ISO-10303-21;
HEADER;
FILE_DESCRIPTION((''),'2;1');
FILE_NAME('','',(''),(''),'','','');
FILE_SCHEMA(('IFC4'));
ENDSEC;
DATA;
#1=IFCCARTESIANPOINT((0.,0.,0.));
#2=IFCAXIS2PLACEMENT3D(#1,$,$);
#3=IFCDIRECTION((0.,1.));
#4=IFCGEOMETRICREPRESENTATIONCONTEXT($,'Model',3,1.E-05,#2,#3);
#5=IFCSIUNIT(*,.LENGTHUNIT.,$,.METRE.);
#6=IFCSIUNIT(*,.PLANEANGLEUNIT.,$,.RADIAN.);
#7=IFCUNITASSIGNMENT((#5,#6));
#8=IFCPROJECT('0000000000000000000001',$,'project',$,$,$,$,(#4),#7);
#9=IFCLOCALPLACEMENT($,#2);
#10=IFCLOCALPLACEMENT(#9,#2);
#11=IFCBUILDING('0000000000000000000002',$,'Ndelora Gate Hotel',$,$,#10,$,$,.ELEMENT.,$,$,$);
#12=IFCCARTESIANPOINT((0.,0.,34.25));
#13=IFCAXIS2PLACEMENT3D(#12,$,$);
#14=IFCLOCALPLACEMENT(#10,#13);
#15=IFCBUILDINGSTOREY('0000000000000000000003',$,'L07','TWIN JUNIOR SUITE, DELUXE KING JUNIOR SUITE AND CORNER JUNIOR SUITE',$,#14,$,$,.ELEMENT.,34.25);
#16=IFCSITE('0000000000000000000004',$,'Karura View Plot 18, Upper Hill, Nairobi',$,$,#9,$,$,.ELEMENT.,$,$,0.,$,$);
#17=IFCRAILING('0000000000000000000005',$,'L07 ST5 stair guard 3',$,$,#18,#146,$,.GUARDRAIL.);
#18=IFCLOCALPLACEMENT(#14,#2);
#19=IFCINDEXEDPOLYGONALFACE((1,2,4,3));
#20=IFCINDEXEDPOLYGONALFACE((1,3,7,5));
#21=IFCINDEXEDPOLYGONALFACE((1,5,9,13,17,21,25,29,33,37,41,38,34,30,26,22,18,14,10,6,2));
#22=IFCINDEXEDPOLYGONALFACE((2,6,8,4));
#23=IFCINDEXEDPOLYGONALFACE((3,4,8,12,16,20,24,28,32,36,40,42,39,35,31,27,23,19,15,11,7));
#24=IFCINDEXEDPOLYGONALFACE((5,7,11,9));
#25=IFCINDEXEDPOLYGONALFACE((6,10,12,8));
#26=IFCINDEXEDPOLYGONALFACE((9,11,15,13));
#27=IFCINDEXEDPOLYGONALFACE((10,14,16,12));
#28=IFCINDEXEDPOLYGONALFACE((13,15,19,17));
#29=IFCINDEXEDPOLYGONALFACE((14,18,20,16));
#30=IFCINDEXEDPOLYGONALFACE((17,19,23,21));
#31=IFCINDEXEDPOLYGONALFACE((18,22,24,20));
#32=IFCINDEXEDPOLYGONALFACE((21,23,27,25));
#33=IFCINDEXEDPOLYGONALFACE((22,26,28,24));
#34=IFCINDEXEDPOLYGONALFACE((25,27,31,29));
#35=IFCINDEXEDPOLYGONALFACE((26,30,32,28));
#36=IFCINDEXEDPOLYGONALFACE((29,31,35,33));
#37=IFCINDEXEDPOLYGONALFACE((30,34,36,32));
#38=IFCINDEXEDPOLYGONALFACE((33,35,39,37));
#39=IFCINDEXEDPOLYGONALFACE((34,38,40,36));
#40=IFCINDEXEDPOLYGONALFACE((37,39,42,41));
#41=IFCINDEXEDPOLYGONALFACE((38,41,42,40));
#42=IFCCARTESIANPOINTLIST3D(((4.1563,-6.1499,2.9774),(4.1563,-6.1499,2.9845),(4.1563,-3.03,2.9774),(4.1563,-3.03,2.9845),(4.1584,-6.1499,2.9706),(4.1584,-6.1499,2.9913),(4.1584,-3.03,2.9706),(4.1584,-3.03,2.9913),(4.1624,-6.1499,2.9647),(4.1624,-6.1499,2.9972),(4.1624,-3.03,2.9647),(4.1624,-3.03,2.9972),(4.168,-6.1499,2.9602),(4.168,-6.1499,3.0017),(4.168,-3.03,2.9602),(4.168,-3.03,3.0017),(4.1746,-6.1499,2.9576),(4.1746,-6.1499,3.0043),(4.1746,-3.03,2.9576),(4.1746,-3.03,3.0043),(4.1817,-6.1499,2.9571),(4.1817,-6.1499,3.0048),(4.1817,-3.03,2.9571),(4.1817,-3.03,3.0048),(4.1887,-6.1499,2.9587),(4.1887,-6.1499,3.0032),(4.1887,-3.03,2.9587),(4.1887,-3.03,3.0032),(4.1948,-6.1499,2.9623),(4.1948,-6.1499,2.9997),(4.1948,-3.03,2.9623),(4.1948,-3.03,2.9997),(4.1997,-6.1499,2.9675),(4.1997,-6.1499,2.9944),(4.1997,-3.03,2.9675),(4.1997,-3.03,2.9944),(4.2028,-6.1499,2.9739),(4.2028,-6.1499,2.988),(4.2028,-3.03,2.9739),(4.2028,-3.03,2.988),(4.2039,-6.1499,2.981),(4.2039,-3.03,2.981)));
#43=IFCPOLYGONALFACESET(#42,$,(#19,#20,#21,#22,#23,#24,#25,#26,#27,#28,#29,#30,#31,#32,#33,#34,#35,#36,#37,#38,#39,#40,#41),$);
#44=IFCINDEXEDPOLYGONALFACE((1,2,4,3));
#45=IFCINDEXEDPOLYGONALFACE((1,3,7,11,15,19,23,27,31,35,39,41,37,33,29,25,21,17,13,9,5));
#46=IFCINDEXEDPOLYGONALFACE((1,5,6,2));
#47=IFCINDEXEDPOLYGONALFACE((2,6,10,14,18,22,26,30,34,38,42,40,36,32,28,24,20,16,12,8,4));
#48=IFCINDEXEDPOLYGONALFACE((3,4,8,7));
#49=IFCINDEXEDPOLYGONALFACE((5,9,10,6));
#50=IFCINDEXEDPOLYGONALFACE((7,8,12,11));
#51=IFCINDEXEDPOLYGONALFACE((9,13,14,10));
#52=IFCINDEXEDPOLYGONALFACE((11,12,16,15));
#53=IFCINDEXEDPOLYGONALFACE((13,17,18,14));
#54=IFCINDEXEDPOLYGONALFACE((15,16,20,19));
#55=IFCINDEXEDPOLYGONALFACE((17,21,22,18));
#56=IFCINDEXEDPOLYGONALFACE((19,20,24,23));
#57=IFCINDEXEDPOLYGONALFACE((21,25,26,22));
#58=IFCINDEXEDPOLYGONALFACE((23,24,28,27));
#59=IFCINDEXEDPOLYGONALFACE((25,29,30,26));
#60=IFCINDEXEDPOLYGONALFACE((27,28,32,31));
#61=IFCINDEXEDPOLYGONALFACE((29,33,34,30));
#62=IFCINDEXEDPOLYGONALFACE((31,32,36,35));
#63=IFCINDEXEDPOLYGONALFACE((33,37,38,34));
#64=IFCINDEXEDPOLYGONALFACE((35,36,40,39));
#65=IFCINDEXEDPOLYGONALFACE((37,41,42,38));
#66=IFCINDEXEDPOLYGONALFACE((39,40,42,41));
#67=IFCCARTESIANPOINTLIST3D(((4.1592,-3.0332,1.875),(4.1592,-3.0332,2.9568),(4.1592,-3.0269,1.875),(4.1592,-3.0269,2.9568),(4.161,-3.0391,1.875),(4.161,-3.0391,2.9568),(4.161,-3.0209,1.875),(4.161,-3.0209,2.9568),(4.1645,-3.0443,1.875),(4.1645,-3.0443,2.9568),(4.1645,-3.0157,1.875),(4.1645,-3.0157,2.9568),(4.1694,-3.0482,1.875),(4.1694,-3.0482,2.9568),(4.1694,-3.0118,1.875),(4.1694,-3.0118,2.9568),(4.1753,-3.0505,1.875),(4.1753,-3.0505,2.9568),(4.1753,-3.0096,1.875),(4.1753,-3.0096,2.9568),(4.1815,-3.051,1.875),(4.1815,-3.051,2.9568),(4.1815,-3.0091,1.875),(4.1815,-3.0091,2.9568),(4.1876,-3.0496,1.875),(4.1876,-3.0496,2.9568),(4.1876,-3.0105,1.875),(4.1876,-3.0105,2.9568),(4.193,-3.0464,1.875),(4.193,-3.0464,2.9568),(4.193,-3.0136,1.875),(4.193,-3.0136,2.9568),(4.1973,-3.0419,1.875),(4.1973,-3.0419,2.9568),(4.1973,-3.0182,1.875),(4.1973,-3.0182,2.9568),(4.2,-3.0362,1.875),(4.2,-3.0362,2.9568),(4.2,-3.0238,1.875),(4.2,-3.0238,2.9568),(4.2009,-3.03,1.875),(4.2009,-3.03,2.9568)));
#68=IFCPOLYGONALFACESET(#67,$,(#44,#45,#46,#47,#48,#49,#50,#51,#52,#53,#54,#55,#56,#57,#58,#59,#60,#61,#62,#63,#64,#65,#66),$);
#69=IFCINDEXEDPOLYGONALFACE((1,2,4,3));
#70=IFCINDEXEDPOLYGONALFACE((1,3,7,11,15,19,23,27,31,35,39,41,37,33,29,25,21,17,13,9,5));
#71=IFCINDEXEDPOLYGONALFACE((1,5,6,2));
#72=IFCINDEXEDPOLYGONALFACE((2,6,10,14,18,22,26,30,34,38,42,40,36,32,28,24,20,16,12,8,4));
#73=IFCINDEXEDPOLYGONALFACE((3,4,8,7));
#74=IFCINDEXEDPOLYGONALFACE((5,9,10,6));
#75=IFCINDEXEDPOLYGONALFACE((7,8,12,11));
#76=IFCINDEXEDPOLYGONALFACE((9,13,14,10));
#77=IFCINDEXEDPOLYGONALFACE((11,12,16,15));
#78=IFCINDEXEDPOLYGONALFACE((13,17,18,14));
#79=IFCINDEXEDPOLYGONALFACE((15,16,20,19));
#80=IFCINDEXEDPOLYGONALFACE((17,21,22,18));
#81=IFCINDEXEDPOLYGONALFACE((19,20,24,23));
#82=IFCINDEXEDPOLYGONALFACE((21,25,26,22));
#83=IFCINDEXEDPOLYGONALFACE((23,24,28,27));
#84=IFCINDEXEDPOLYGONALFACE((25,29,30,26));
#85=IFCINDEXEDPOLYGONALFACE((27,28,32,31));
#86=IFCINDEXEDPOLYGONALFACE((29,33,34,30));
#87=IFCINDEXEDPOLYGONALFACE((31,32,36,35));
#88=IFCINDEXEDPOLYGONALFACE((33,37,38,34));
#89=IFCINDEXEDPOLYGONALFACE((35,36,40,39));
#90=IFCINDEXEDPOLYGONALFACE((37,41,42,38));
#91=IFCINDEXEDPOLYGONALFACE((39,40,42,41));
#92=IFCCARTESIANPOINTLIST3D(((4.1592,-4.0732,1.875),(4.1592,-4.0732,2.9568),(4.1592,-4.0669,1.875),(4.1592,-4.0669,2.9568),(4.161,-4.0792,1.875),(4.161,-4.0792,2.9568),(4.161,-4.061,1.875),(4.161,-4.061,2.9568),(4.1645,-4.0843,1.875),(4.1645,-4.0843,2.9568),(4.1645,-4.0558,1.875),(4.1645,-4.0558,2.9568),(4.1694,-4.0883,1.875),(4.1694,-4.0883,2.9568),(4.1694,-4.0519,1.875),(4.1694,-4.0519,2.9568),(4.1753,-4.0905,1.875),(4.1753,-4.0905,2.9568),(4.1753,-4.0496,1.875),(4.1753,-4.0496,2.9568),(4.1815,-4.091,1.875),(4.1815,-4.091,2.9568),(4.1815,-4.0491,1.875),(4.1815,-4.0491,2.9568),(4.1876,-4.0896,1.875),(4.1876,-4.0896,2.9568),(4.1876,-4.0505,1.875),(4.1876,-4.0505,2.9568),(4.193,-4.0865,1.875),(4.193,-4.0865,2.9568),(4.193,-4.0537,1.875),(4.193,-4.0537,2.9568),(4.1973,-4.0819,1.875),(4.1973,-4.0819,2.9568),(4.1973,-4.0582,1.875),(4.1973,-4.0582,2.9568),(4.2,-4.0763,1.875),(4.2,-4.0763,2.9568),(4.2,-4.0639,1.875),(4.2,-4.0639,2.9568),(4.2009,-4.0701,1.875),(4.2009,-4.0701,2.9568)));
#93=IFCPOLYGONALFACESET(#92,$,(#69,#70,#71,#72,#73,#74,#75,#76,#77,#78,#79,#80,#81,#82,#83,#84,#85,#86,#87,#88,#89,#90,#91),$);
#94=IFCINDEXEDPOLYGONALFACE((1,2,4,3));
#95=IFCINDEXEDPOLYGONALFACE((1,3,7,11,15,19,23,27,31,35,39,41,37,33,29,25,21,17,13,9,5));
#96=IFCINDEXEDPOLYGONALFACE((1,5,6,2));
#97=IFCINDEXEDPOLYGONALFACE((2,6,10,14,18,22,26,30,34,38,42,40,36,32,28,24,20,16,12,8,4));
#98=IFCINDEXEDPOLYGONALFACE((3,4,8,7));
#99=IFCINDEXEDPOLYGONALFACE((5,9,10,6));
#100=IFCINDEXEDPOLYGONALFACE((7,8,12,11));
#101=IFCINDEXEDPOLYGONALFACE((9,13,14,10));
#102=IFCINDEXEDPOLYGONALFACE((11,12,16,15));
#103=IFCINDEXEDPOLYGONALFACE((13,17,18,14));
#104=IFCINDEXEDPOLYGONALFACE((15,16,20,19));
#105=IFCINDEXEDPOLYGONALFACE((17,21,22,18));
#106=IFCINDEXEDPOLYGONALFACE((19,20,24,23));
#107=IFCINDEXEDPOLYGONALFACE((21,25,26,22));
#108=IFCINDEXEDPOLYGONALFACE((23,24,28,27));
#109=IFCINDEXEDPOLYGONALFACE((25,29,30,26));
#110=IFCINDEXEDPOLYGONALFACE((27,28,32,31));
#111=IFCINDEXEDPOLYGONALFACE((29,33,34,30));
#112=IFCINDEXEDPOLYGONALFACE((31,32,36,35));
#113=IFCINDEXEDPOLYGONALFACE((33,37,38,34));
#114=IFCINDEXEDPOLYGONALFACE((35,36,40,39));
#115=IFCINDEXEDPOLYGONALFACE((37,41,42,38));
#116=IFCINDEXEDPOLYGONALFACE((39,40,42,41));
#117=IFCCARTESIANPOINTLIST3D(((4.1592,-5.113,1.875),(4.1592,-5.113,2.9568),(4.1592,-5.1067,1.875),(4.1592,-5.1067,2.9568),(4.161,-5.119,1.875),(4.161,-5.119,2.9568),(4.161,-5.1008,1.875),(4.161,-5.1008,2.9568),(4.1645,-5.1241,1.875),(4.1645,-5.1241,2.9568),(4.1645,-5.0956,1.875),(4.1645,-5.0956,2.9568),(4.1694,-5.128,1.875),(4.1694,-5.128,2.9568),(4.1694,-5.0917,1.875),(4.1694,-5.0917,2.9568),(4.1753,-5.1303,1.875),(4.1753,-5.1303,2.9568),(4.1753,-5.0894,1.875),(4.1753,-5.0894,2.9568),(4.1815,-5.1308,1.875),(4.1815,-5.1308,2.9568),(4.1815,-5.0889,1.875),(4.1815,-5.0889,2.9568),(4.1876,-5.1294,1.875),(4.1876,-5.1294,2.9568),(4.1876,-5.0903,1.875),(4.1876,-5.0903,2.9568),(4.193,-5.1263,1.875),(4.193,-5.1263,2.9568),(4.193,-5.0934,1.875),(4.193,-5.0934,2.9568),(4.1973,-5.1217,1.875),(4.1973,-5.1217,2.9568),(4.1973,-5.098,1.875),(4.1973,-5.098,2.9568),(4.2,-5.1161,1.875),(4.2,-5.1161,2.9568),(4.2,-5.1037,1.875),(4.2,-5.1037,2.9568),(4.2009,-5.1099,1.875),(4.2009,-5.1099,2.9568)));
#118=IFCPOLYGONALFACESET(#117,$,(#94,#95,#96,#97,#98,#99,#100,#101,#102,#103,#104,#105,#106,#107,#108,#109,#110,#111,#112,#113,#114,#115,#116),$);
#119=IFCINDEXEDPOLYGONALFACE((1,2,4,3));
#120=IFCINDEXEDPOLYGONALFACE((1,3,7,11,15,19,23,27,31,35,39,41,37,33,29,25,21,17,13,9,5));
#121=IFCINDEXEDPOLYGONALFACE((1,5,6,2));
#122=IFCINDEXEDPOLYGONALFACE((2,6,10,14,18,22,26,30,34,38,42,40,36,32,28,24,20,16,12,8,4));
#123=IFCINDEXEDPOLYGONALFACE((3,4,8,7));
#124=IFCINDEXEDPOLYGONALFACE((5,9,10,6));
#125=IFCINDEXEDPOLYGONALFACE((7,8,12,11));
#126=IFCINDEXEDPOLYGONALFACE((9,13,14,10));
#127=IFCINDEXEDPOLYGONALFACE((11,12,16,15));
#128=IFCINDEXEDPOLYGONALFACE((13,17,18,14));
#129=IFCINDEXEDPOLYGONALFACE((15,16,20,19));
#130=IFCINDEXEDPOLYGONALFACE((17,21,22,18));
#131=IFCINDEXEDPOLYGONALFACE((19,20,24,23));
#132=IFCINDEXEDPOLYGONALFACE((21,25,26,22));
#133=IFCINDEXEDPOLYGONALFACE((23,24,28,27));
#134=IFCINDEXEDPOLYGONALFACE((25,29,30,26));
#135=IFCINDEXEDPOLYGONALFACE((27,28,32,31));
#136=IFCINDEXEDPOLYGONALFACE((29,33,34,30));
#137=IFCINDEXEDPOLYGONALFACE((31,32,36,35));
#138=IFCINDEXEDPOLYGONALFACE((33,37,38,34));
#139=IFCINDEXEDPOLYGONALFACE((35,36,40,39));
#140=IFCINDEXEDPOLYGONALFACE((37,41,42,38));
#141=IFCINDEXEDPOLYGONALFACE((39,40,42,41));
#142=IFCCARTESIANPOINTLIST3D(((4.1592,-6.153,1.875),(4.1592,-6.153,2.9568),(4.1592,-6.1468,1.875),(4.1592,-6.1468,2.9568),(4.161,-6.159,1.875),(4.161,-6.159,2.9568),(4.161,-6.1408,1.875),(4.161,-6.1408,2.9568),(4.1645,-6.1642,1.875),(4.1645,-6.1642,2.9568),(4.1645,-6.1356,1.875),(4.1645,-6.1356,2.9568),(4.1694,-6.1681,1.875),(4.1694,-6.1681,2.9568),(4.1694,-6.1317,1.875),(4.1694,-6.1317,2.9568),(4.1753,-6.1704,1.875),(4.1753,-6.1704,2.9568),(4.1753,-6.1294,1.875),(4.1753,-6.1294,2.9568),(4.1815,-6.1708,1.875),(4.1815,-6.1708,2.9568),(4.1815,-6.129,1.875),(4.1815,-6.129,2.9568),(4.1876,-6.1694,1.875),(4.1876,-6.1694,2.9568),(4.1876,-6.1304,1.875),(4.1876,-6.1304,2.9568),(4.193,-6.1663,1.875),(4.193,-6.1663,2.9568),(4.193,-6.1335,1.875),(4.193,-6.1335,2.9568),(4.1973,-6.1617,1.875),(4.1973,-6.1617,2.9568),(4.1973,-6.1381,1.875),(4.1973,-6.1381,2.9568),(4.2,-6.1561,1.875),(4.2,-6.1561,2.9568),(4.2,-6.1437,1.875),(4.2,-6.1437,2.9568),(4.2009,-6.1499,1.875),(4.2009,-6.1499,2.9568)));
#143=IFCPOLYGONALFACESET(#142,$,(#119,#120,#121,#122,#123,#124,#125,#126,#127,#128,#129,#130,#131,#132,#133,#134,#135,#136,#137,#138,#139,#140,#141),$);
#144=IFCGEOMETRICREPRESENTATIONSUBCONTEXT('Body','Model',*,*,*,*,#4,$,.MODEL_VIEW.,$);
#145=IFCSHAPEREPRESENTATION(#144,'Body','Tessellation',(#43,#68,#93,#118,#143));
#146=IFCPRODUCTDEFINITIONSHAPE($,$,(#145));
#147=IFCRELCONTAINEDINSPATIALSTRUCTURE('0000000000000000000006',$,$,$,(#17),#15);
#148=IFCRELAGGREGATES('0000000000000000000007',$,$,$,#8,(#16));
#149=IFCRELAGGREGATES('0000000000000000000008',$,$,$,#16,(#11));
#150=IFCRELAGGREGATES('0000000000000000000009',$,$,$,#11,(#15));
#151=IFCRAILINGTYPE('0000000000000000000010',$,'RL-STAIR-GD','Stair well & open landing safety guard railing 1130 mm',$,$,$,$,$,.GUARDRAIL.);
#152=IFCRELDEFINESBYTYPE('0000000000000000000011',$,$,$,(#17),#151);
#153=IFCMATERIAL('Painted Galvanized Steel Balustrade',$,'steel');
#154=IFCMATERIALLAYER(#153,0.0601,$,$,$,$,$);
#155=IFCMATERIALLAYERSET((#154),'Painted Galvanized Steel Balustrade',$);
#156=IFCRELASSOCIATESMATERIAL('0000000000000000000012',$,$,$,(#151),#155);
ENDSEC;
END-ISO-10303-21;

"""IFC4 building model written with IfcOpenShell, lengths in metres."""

from ifc_helpers import new_model, si_unit, direction, frame, origin, origin_2d, place, context, subcontext, project, spatial, circle, extrude, material, layer, layer_set, type_object, element, save


model = new_model("IFC4")

# Units and contexts
model_context = context("Model", 3, precision=1e-05, world=origin(), true_north=direction((0.0, 1.0)))
body_context = subcontext(model_context, "Body", "Model", "MODEL_VIEW")
ifc_project = project(units=[si_unit("LENGTHUNIT", "METRE"), si_unit("PLANEANGLEUNIT", "RADIAN")], contexts=[model_context])

# Site, building, storey
site_placement = place(None, origin())
site = spatial("IfcSite", under=ifc_project, at=site_placement, Name="Karura View Plot 18, Upper Hill, Nairobi", CompositionType="ELEMENT", RefElevation=0.0)
building_placement = place(site_placement, origin())
building = spatial("IfcBuilding", under=site, at=building_placement, Name="Ndelora Gate Hotel", CompositionType="ELEMENT")
storey_placement = place(building_placement, frame((0.0, 0.0, 34.25)))
storey = spatial("IfcBuildingStorey", under=building, at=storey_placement, Name="L07", Description="TWIN JUNIOR SUITE, DELUXE KING JUNIOR SUITE AND CORNER JUNIOR SUITE", CompositionType="ELEMENT", Elevation=34.25)

# Railing
ifc_material_1 = material(Name="Painted Galvanized Steel Balustrade", Category="steel")
ifc_layer_1 = layer(ifc_material_1, 0.0601)
ifc_layer_set_1 = layer_set([ifc_layer_1], Name="Painted Galvanized Steel Balustrade")
railing_type_1 = type_object("IfcRailingType", Name="RL-STAIR-GD", Description="Stair well & open landing safety guard railing 1130 mm", PredefinedType="GUARDRAIL", material=ifc_layer_set_1)
for number, where, name in (
    (1, (4.1799, -3.03, 1.875), "L07 ST5 stair guard 3"),
):
    element("IfcRailing", number, at=place(storey_placement, frame(where)), inside=storey, type_object=railing_type_1, Name=name, PredefinedType="GUARDRAIL", context=body_context, shape_type="SweptSolid", body=[
        extrude(circle(Radius=0.0239, at=origin_2d()), frame((0.0, 0.0, 1.106), z_axis=(0.0, -1.0, 0.0), x_axis=(1.0, 0.0, 0.0)), (0.0, 0.0, 1.0), 3.1199),
        extrude(circle(Radius=0.021, at=origin_2d()), origin(), (0.0, 0.0, 1.0), 1.0818),
        extrude(circle(Radius=0.021, at=origin_2d()), frame((0.0, -1.04, 0.0)), (0.0, 0.0, 1.0), 1.0818),
        extrude(circle(Radius=0.021, at=origin_2d()), frame((0.0, -2.0798, 0.0)), (0.0, 0.0, 1.0), 1.0818),
        extrude(circle(Radius=0.021, at=origin_2d()), frame((0.0, -3.1199, 0.0)), (0.0, 0.0, 1.0), 1.0818),
    ])

save(model, "model.ifc")
